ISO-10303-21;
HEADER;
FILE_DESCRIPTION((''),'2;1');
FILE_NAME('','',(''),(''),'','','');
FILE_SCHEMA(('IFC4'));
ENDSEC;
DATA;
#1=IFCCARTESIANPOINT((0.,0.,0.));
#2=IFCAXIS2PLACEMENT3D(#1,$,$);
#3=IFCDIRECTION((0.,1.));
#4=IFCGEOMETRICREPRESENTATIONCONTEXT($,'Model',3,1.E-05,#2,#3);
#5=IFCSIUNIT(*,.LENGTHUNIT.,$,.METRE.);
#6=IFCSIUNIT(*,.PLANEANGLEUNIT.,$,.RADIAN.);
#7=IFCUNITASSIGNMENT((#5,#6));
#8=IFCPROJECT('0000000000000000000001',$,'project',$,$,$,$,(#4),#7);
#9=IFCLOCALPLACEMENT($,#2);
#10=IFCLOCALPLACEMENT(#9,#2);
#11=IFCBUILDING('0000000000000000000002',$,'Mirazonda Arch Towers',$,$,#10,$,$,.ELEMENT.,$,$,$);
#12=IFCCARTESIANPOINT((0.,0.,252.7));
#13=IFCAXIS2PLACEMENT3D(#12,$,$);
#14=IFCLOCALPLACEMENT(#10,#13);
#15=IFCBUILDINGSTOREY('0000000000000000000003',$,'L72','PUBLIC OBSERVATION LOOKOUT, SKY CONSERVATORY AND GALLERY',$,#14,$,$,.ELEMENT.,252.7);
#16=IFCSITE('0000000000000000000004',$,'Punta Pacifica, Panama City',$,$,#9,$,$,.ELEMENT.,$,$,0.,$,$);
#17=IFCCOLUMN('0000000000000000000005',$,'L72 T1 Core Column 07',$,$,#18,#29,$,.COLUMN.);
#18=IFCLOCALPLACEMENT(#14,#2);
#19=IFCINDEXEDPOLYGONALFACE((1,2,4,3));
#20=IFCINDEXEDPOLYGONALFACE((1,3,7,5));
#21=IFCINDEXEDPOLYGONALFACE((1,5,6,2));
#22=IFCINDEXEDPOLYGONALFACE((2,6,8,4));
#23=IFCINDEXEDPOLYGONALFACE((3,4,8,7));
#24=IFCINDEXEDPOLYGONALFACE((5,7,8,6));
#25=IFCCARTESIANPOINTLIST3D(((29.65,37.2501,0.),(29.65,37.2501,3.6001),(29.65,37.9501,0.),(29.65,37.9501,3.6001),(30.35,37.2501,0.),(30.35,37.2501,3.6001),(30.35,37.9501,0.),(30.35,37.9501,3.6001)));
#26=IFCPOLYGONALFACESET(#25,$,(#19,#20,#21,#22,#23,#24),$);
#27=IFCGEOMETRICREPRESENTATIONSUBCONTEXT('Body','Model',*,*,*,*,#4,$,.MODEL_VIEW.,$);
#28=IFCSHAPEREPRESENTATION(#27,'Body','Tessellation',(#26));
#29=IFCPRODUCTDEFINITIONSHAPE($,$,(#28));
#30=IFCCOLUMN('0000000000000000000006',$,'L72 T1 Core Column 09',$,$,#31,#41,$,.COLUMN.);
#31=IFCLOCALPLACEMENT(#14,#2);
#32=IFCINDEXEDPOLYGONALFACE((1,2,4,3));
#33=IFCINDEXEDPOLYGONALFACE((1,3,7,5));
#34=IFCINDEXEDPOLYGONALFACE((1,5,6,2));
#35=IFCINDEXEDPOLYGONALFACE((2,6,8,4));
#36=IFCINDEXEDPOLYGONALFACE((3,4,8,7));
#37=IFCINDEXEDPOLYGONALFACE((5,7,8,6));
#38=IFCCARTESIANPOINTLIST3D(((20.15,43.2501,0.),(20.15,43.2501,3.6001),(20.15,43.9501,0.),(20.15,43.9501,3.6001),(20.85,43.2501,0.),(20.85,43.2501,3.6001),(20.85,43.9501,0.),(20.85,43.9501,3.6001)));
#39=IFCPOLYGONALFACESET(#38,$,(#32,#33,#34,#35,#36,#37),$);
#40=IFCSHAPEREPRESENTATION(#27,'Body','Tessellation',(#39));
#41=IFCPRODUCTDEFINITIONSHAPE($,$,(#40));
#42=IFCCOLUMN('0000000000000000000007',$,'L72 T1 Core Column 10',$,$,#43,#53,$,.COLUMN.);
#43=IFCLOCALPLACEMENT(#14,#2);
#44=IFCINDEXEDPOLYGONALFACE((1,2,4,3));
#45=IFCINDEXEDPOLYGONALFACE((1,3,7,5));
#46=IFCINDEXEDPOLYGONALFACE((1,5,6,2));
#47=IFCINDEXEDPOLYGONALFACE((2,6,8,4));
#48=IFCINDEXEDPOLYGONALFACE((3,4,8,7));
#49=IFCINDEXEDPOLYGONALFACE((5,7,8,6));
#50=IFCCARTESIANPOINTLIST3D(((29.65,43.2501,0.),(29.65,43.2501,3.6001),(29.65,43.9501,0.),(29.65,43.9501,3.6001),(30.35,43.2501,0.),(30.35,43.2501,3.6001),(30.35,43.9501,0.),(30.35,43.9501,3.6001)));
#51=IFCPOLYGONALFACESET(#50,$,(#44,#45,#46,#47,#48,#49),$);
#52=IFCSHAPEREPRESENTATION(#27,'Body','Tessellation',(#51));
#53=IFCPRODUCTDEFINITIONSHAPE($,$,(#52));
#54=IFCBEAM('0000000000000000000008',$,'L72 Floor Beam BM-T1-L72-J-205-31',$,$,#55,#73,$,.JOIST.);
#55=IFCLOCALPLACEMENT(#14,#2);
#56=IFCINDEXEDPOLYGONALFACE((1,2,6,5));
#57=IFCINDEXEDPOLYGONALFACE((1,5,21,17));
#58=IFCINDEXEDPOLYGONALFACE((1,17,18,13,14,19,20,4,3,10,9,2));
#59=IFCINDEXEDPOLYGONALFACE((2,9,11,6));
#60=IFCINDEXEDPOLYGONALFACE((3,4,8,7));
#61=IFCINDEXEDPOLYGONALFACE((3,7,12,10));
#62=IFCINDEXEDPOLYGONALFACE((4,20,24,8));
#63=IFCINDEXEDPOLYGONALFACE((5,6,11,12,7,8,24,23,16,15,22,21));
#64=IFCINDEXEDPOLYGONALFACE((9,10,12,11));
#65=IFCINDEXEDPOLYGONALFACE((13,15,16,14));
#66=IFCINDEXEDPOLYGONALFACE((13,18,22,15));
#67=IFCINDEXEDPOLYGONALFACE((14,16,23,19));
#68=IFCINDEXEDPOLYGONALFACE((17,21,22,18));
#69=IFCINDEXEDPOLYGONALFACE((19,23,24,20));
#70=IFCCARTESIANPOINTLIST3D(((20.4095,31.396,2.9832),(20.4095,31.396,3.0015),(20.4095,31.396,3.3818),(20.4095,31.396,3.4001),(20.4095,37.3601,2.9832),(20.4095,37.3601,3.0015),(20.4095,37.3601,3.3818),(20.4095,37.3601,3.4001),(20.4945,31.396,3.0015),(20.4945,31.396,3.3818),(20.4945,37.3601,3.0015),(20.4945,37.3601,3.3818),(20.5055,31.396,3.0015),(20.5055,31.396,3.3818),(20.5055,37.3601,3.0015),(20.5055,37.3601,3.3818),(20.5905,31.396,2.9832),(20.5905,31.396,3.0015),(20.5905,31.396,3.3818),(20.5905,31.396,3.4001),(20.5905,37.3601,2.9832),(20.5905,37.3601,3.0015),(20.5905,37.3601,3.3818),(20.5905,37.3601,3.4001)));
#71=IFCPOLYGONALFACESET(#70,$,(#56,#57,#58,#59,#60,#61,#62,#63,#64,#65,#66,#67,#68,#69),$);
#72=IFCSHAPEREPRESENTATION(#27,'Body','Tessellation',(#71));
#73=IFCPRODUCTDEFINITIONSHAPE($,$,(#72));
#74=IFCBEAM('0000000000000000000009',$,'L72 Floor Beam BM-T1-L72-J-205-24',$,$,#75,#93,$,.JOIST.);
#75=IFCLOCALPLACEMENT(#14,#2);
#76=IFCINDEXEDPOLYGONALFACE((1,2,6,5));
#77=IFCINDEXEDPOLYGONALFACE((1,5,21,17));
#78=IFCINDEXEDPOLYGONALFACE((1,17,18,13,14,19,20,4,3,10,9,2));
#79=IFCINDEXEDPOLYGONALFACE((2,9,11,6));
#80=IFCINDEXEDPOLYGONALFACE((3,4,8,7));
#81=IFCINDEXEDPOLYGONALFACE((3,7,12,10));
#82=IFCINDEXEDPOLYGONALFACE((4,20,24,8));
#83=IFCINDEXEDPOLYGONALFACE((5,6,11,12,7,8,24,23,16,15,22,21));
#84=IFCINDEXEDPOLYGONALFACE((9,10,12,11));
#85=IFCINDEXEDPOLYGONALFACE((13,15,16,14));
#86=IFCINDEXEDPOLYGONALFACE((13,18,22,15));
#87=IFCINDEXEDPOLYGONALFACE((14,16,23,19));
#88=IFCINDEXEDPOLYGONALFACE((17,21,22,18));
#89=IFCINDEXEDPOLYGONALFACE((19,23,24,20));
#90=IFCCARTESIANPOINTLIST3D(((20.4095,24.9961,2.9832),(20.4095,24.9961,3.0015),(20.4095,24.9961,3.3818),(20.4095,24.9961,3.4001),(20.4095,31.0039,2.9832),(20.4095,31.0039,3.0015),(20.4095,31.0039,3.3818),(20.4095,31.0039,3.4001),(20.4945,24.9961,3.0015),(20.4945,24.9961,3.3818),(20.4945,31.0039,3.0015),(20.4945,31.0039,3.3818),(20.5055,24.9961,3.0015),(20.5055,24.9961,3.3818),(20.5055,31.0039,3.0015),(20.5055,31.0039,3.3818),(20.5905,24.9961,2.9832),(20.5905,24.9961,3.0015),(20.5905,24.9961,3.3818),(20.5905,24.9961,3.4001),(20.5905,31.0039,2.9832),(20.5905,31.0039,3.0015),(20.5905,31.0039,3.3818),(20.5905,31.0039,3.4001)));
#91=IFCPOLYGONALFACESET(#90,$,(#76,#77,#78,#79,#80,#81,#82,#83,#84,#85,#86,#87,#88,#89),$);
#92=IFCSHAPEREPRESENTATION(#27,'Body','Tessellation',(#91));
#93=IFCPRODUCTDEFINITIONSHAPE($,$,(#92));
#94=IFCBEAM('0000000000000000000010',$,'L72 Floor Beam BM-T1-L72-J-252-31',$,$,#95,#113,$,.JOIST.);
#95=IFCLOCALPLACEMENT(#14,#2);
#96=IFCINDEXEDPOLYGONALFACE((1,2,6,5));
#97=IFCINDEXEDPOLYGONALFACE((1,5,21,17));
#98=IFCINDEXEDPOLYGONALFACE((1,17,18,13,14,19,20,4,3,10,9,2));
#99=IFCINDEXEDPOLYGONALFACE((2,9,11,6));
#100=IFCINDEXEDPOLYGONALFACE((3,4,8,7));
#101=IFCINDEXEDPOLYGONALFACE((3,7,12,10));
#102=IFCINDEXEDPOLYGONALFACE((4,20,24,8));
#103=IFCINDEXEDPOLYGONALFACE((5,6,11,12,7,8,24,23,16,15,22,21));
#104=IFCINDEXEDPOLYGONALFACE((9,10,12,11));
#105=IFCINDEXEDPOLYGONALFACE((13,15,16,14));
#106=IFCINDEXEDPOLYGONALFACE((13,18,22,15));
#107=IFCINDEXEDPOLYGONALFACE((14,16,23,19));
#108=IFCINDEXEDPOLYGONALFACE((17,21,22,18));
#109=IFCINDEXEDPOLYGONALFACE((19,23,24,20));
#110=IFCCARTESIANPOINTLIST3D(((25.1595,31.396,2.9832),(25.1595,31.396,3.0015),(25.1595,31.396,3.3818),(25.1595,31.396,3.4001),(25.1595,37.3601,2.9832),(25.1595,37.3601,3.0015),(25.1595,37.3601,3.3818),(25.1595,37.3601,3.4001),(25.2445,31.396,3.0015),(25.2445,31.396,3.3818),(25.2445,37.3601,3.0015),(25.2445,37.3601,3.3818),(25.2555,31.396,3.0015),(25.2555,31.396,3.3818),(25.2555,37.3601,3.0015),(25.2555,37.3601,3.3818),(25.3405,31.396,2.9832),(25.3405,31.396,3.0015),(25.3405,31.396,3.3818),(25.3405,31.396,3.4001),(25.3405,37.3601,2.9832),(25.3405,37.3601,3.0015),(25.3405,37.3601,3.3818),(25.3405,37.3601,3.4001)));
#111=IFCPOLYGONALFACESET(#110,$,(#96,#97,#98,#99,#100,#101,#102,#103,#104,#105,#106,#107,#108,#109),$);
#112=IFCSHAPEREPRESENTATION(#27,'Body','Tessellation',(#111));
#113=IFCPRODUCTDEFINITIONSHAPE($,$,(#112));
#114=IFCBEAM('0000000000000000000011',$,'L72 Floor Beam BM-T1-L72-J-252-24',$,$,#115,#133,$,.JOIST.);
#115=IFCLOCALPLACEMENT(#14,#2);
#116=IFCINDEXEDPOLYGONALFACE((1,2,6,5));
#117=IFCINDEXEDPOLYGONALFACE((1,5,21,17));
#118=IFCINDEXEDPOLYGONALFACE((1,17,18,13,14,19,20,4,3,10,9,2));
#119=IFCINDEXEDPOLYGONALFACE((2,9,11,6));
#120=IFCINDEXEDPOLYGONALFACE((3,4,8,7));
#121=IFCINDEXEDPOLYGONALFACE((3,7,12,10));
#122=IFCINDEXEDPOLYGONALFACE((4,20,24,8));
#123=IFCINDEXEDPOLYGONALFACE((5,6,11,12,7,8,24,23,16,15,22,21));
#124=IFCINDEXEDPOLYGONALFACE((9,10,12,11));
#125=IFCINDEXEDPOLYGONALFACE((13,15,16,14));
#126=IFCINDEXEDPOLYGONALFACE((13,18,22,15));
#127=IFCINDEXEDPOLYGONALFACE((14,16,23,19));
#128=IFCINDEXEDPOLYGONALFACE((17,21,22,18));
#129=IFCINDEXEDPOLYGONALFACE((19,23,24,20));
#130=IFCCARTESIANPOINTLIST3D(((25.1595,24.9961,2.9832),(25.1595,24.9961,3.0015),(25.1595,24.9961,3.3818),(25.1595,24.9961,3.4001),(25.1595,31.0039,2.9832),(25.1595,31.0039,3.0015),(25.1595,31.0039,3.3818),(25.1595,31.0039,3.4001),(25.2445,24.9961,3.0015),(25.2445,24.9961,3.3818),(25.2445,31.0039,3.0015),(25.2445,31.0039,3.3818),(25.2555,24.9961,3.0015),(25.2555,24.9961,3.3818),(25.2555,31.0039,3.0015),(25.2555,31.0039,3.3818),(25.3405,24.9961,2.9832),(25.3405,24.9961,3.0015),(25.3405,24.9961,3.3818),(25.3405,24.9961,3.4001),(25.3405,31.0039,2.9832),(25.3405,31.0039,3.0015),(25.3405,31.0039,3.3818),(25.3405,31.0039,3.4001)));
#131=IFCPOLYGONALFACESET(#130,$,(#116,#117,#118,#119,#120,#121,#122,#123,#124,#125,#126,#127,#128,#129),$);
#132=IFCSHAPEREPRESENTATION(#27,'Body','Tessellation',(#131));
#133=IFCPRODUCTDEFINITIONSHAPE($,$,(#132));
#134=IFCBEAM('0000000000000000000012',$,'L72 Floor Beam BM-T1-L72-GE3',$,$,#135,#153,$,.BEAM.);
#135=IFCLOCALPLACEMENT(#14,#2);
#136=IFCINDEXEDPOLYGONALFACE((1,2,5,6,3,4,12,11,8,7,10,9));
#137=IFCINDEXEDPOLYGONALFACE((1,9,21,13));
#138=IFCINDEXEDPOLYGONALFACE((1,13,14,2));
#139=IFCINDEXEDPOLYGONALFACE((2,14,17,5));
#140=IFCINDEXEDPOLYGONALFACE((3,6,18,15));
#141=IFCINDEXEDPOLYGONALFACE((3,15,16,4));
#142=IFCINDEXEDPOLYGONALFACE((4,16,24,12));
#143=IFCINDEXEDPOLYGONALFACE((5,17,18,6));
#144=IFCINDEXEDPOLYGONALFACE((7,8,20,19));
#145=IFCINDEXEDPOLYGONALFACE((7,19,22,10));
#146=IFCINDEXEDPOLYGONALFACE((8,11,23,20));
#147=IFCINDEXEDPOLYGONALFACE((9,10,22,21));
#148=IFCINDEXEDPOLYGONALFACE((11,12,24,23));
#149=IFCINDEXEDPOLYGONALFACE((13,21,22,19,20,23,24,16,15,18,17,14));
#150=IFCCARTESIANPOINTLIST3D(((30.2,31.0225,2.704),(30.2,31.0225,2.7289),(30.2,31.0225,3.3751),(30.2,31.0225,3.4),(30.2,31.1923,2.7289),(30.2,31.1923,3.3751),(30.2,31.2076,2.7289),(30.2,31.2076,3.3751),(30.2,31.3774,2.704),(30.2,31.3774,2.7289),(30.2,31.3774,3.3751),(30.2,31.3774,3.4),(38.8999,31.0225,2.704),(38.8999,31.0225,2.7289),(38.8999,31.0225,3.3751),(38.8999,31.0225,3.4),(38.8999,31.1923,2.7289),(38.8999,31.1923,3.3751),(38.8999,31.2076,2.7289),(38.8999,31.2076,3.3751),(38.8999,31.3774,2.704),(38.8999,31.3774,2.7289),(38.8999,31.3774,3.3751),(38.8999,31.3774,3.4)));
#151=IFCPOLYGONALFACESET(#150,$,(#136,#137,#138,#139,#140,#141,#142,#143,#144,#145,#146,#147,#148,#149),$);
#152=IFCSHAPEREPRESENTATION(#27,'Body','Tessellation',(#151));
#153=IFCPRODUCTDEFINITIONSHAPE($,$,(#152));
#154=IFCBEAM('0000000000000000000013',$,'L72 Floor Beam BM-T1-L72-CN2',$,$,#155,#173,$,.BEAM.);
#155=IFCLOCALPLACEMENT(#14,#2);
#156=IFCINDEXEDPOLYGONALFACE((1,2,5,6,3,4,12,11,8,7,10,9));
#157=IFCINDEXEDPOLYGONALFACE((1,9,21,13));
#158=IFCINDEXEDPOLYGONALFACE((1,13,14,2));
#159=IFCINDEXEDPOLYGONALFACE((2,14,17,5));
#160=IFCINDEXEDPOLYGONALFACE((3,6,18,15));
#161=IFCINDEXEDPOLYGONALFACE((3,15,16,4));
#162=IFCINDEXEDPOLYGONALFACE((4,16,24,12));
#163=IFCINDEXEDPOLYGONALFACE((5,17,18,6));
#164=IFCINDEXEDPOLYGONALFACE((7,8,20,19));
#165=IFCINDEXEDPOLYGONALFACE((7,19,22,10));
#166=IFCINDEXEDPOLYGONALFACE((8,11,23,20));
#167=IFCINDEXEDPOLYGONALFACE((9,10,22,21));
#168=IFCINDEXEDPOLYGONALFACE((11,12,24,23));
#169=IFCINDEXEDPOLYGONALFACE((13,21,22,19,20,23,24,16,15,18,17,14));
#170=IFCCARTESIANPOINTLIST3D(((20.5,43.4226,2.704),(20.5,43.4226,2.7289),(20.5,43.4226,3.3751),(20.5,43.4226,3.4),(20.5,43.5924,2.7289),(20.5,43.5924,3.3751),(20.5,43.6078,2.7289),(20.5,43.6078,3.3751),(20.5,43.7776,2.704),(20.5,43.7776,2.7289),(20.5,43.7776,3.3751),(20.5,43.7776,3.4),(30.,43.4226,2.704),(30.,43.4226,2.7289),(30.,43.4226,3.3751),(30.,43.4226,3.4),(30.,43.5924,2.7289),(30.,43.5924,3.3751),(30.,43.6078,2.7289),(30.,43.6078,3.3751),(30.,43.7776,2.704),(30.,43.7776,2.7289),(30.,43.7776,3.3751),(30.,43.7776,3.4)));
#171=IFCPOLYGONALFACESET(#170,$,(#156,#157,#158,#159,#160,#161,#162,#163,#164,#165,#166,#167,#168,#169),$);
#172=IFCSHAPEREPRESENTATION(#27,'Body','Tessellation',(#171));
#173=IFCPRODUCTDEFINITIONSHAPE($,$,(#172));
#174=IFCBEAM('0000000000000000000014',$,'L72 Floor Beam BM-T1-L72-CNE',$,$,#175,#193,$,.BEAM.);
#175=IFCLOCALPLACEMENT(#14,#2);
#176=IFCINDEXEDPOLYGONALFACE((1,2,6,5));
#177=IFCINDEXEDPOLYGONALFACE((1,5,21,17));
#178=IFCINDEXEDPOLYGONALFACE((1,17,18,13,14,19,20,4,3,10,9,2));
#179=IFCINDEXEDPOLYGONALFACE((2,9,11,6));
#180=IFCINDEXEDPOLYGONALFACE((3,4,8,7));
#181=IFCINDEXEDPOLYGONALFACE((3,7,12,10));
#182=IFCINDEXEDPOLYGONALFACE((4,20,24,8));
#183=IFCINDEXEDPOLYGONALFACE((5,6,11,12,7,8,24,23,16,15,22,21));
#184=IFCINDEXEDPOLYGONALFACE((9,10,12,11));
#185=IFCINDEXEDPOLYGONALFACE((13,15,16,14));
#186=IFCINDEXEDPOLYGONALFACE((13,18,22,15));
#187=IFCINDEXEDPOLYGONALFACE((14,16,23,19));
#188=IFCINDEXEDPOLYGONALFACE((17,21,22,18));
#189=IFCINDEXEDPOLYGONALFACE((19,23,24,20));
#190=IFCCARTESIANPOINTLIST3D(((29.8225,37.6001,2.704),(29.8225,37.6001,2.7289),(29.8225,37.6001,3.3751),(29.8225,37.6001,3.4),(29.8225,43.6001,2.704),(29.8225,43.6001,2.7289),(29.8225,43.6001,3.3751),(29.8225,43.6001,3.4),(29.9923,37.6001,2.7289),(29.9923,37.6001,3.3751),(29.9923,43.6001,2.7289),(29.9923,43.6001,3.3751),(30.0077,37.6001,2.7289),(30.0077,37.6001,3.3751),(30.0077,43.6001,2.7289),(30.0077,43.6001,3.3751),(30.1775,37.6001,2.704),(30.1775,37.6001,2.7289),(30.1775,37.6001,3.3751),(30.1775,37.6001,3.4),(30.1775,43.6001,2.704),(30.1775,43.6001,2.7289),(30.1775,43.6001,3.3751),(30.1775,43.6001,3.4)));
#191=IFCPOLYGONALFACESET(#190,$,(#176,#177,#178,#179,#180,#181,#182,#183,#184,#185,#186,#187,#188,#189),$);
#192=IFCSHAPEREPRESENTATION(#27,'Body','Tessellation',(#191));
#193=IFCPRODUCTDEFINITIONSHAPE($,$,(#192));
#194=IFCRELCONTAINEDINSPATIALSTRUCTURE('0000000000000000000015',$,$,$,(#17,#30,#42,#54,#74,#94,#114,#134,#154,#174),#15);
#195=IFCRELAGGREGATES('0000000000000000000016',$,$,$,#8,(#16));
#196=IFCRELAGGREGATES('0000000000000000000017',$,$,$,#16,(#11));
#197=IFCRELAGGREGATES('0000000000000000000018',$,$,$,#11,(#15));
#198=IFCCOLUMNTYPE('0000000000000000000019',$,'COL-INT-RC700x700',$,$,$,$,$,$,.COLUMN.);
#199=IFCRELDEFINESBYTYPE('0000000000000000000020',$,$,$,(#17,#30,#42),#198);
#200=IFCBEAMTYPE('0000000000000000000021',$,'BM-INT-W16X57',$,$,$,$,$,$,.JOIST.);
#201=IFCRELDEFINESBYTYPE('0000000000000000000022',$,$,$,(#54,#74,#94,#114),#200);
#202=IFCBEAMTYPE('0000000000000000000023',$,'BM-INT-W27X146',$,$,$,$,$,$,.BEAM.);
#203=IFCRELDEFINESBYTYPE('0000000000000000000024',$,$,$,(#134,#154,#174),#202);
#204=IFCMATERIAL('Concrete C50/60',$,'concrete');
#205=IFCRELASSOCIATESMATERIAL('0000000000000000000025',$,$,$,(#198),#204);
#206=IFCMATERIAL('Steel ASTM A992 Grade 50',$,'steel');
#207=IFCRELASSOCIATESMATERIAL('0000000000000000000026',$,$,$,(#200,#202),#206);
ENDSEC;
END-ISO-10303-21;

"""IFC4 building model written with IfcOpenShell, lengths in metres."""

from ifc_helpers import new_model, si_unit, direction, frame, origin, origin_2d, place, context, subcontext, project, spatial, rectangle, i_section, extrude, material, material_profile, profile_set, type_object, element, save


model = new_model("IFC4")

# Units and contexts
model_context = context("Model", 3, precision=1e-05, world=origin(), true_north=direction((0.0, 1.0)))
body_context = subcontext(model_context, "Body", "Model", "MODEL_VIEW")
ifc_project = project(units=[si_unit("LENGTHUNIT", "METRE"), si_unit("PLANEANGLEUNIT", "RADIAN")], contexts=[model_context])

# Site, building, storey
site_placement = place(None, origin())
site = spatial("IfcSite", under=ifc_project, at=site_placement, Name="Punta Pacifica, Panama City", CompositionType="ELEMENT", RefElevation=0.0)
building_placement = place(site_placement, origin())
building = spatial("IfcBuilding", under=site, at=building_placement, Name="Mirazonda Arch Towers", CompositionType="ELEMENT")
storey_placement = place(building_placement, frame((0.0, 0.0, 252.7)))
storey = spatial("IfcBuildingStorey", under=building, at=storey_placement, Name="L72", Description="PUBLIC OBSERVATION LOOKOUT, SKY CONSERVATORY AND GALLERY", CompositionType="ELEMENT", Elevation=252.7)

# Columns
ifc_material_1 = material(Name="Concrete C50/60", Category="concrete")
ifc_material_profile_1 = material_profile(ifc_material_1, rectangle(XDim=0.7, YDim=0.7, at=origin_2d()), Name="RC700x700")
ifc_profile_set_1 = profile_set([ifc_material_profile_1], Name="Concrete C50/60")
column_type = type_object("IfcColumnType", Name="COL-INT-RC700x700", PredefinedType="COLUMN", material=ifc_profile_set_1)
for number, where, z_axis, x_axis, name in (
    (1, (30.0, 37.6001, 0.0), (0.0, 0.0, 1.0), (1.0, 0.0, 0.0), "L72 T1 Core Column 07"),
    (2, (20.5, 43.6001, 0.0), (0.0, 0.0, 1.0), (1.0, 0.0, 0.0), "L72 T1 Core Column 09"),
    (3, (30.0, 43.6001, 0.0), (0.0, 0.0, 1.0), (1.0, 0.0, 0.0), "L72 T1 Core Column 10"),
):
    element("IfcColumn", number, at=place(storey_placement, frame(where, z_axis=z_axis, x_axis=x_axis)), inside=storey, type_object=column_type, Name=name, PredefinedType="COLUMN", context=body_context, shape_type="SweptSolid", body=[
        extrude(rectangle(XDim=0.7, YDim=0.7, at=origin_2d()), origin(), (0.0, 0.0, 1.0), 3.6001),
    ])

# Beams
ifc_material_2 = material(Name="Steel ASTM A992 Grade 50", Category="steel")
ifc_material_profile_2 = material_profile(ifc_material_2, i_section(OverallWidth=0.1809, OverallDepth=0.417, WebThickness=0.011, FlangeThickness=0.0183, at=origin_2d()), Name="W16X57")
ifc_profile_set_2 = profile_set([ifc_material_profile_2], Name="Steel ASTM A992 Grade 50")
beam_type_1 = type_object("IfcBeamType", Name="BM-INT-W16X57", PredefinedType="JOIST", material=ifc_profile_set_2)
beam_1_placement = place(storey_placement, frame((20.5, 31.396, 3.1917), z_axis=(0.0, 1.0, 0.0), x_axis=(-1.0, 0.0, 0.0)))
element("IfcBeam", 4, at=beam_1_placement, inside=storey, type_object=beam_type_1, Name="L72 Floor Beam BM-T1-L72-J-205-31", PredefinedType="JOIST", context=body_context, shape_type="SweptSolid", body=[
    extrude(i_section(OverallWidth=0.1809, OverallDepth=0.417, WebThickness=0.011, FlangeThickness=0.0183, at=origin_2d()), origin(), (0.0, 0.0, 1.0), 5.9641),
])
beam_2_placement = place(storey_placement, frame((20.5, 24.9961, 3.1917), z_axis=(0.0, 1.0, 0.0), x_axis=(-1.0, 0.0, 0.0)))
element("IfcBeam", 5, at=beam_2_placement, inside=storey, type_object=beam_type_1, Name="L72 Floor Beam BM-T1-L72-J-205-24", PredefinedType="JOIST", context=body_context, shape_type="SweptSolid", body=[
    extrude(i_section(OverallWidth=0.1809, OverallDepth=0.417, WebThickness=0.011, FlangeThickness=0.0183, at=origin_2d()), origin(), (0.0, 0.0, 1.0), 6.0078),
])
beam_3_placement = place(storey_placement, frame((25.25, 31.396, 3.1917), z_axis=(0.0, 1.0, 0.0), x_axis=(-1.0, 0.0, 0.0)))
element("IfcBeam", 6, at=beam_3_placement, inside=storey, type_object=beam_type_1, Name="L72 Floor Beam BM-T1-L72-J-252-31", PredefinedType="JOIST", context=body_context, shape_type="SweptSolid", body=[
    extrude(i_section(OverallWidth=0.1809, OverallDepth=0.417, WebThickness=0.011, FlangeThickness=0.0183, at=origin_2d()), origin(), (0.0, 0.0, 1.0), 5.9641),
])
beam_4_placement = place(storey_placement, frame((25.25, 24.9961, 3.1917), z_axis=(0.0, 1.0, 0.0), x_axis=(-1.0, 0.0, 0.0)))
element("IfcBeam", 7, at=beam_4_placement, inside=storey, type_object=beam_type_1, Name="L72 Floor Beam BM-T1-L72-J-252-24", PredefinedType="JOIST", context=body_context, shape_type="SweptSolid", body=[
    extrude(i_section(OverallWidth=0.1809, OverallDepth=0.417, WebThickness=0.011, FlangeThickness=0.0183, at=origin_2d()), origin(), (0.0, 0.0, 1.0), 6.0078),
])
ifc_material_profile_3 = material_profile(ifc_material_2, i_section(OverallWidth=0.355, OverallDepth=0.696, WebThickness=0.0154, FlangeThickness=0.0249, at=origin_2d()), Name="W27X146")
ifc_profile_set_3 = profile_set([ifc_material_profile_3], Name="Steel ASTM A992 Grade 50")
beam_type_2 = type_object("IfcBeamType", Name="BM-INT-W27X146", PredefinedType="BEAM", material=ifc_profile_set_3)
beam_5_placement = place(storey_placement, frame((30.2, 31.2, 3.052), z_axis=(1.0, 0.0, 0.0), x_axis=(0.0, 1.0, 0.0)))
element("IfcBeam", 8, at=beam_5_placement, inside=storey, type_object=beam_type_2, Name="L72 Floor Beam BM-T1-L72-GE3", PredefinedType="BEAM", context=body_context, shape_type="SweptSolid", body=[
    extrude(i_section(OverallWidth=0.355, OverallDepth=0.696, WebThickness=0.0154, FlangeThickness=0.0249, at=origin_2d()), origin(), (0.0, 0.0, 1.0), 8.7),
])
beam_6_placement = place(storey_placement, frame((20.5, 43.6001, 3.052), z_axis=(1.0, 0.0, 0.0), x_axis=(0.0, 1.0, 0.0)))
element("IfcBeam", 9, at=beam_6_placement, inside=storey, type_object=beam_type_2, Name="L72 Floor Beam BM-T1-L72-CN2", PredefinedType="BEAM", context=body_context, shape_type="SweptSolid", body=[
    extrude(i_section(OverallWidth=0.355, OverallDepth=0.696, WebThickness=0.0154, FlangeThickness=0.0249, at=origin_2d()), origin(), (0.0, 0.0, 1.0), 9.5),
])
beam_7_placement = place(storey_placement, frame((30.0, 37.6001, 3.052), z_axis=(0.0, 1.0, 0.0), x_axis=(-1.0, 0.0, 0.0)))
element("IfcBeam", 10, at=beam_7_placement, inside=storey, type_object=beam_type_2, Name="L72 Floor Beam BM-T1-L72-CNE", PredefinedType="BEAM", context=body_context, shape_type="SweptSolid", body=[
    extrude(i_section(OverallWidth=0.355, OverallDepth=0.696, WebThickness=0.0154, FlangeThickness=0.0249, at=origin_2d()), origin(), (0.0, 0.0, 1.0), 6.0),
])

save(model, "model.ifc")
